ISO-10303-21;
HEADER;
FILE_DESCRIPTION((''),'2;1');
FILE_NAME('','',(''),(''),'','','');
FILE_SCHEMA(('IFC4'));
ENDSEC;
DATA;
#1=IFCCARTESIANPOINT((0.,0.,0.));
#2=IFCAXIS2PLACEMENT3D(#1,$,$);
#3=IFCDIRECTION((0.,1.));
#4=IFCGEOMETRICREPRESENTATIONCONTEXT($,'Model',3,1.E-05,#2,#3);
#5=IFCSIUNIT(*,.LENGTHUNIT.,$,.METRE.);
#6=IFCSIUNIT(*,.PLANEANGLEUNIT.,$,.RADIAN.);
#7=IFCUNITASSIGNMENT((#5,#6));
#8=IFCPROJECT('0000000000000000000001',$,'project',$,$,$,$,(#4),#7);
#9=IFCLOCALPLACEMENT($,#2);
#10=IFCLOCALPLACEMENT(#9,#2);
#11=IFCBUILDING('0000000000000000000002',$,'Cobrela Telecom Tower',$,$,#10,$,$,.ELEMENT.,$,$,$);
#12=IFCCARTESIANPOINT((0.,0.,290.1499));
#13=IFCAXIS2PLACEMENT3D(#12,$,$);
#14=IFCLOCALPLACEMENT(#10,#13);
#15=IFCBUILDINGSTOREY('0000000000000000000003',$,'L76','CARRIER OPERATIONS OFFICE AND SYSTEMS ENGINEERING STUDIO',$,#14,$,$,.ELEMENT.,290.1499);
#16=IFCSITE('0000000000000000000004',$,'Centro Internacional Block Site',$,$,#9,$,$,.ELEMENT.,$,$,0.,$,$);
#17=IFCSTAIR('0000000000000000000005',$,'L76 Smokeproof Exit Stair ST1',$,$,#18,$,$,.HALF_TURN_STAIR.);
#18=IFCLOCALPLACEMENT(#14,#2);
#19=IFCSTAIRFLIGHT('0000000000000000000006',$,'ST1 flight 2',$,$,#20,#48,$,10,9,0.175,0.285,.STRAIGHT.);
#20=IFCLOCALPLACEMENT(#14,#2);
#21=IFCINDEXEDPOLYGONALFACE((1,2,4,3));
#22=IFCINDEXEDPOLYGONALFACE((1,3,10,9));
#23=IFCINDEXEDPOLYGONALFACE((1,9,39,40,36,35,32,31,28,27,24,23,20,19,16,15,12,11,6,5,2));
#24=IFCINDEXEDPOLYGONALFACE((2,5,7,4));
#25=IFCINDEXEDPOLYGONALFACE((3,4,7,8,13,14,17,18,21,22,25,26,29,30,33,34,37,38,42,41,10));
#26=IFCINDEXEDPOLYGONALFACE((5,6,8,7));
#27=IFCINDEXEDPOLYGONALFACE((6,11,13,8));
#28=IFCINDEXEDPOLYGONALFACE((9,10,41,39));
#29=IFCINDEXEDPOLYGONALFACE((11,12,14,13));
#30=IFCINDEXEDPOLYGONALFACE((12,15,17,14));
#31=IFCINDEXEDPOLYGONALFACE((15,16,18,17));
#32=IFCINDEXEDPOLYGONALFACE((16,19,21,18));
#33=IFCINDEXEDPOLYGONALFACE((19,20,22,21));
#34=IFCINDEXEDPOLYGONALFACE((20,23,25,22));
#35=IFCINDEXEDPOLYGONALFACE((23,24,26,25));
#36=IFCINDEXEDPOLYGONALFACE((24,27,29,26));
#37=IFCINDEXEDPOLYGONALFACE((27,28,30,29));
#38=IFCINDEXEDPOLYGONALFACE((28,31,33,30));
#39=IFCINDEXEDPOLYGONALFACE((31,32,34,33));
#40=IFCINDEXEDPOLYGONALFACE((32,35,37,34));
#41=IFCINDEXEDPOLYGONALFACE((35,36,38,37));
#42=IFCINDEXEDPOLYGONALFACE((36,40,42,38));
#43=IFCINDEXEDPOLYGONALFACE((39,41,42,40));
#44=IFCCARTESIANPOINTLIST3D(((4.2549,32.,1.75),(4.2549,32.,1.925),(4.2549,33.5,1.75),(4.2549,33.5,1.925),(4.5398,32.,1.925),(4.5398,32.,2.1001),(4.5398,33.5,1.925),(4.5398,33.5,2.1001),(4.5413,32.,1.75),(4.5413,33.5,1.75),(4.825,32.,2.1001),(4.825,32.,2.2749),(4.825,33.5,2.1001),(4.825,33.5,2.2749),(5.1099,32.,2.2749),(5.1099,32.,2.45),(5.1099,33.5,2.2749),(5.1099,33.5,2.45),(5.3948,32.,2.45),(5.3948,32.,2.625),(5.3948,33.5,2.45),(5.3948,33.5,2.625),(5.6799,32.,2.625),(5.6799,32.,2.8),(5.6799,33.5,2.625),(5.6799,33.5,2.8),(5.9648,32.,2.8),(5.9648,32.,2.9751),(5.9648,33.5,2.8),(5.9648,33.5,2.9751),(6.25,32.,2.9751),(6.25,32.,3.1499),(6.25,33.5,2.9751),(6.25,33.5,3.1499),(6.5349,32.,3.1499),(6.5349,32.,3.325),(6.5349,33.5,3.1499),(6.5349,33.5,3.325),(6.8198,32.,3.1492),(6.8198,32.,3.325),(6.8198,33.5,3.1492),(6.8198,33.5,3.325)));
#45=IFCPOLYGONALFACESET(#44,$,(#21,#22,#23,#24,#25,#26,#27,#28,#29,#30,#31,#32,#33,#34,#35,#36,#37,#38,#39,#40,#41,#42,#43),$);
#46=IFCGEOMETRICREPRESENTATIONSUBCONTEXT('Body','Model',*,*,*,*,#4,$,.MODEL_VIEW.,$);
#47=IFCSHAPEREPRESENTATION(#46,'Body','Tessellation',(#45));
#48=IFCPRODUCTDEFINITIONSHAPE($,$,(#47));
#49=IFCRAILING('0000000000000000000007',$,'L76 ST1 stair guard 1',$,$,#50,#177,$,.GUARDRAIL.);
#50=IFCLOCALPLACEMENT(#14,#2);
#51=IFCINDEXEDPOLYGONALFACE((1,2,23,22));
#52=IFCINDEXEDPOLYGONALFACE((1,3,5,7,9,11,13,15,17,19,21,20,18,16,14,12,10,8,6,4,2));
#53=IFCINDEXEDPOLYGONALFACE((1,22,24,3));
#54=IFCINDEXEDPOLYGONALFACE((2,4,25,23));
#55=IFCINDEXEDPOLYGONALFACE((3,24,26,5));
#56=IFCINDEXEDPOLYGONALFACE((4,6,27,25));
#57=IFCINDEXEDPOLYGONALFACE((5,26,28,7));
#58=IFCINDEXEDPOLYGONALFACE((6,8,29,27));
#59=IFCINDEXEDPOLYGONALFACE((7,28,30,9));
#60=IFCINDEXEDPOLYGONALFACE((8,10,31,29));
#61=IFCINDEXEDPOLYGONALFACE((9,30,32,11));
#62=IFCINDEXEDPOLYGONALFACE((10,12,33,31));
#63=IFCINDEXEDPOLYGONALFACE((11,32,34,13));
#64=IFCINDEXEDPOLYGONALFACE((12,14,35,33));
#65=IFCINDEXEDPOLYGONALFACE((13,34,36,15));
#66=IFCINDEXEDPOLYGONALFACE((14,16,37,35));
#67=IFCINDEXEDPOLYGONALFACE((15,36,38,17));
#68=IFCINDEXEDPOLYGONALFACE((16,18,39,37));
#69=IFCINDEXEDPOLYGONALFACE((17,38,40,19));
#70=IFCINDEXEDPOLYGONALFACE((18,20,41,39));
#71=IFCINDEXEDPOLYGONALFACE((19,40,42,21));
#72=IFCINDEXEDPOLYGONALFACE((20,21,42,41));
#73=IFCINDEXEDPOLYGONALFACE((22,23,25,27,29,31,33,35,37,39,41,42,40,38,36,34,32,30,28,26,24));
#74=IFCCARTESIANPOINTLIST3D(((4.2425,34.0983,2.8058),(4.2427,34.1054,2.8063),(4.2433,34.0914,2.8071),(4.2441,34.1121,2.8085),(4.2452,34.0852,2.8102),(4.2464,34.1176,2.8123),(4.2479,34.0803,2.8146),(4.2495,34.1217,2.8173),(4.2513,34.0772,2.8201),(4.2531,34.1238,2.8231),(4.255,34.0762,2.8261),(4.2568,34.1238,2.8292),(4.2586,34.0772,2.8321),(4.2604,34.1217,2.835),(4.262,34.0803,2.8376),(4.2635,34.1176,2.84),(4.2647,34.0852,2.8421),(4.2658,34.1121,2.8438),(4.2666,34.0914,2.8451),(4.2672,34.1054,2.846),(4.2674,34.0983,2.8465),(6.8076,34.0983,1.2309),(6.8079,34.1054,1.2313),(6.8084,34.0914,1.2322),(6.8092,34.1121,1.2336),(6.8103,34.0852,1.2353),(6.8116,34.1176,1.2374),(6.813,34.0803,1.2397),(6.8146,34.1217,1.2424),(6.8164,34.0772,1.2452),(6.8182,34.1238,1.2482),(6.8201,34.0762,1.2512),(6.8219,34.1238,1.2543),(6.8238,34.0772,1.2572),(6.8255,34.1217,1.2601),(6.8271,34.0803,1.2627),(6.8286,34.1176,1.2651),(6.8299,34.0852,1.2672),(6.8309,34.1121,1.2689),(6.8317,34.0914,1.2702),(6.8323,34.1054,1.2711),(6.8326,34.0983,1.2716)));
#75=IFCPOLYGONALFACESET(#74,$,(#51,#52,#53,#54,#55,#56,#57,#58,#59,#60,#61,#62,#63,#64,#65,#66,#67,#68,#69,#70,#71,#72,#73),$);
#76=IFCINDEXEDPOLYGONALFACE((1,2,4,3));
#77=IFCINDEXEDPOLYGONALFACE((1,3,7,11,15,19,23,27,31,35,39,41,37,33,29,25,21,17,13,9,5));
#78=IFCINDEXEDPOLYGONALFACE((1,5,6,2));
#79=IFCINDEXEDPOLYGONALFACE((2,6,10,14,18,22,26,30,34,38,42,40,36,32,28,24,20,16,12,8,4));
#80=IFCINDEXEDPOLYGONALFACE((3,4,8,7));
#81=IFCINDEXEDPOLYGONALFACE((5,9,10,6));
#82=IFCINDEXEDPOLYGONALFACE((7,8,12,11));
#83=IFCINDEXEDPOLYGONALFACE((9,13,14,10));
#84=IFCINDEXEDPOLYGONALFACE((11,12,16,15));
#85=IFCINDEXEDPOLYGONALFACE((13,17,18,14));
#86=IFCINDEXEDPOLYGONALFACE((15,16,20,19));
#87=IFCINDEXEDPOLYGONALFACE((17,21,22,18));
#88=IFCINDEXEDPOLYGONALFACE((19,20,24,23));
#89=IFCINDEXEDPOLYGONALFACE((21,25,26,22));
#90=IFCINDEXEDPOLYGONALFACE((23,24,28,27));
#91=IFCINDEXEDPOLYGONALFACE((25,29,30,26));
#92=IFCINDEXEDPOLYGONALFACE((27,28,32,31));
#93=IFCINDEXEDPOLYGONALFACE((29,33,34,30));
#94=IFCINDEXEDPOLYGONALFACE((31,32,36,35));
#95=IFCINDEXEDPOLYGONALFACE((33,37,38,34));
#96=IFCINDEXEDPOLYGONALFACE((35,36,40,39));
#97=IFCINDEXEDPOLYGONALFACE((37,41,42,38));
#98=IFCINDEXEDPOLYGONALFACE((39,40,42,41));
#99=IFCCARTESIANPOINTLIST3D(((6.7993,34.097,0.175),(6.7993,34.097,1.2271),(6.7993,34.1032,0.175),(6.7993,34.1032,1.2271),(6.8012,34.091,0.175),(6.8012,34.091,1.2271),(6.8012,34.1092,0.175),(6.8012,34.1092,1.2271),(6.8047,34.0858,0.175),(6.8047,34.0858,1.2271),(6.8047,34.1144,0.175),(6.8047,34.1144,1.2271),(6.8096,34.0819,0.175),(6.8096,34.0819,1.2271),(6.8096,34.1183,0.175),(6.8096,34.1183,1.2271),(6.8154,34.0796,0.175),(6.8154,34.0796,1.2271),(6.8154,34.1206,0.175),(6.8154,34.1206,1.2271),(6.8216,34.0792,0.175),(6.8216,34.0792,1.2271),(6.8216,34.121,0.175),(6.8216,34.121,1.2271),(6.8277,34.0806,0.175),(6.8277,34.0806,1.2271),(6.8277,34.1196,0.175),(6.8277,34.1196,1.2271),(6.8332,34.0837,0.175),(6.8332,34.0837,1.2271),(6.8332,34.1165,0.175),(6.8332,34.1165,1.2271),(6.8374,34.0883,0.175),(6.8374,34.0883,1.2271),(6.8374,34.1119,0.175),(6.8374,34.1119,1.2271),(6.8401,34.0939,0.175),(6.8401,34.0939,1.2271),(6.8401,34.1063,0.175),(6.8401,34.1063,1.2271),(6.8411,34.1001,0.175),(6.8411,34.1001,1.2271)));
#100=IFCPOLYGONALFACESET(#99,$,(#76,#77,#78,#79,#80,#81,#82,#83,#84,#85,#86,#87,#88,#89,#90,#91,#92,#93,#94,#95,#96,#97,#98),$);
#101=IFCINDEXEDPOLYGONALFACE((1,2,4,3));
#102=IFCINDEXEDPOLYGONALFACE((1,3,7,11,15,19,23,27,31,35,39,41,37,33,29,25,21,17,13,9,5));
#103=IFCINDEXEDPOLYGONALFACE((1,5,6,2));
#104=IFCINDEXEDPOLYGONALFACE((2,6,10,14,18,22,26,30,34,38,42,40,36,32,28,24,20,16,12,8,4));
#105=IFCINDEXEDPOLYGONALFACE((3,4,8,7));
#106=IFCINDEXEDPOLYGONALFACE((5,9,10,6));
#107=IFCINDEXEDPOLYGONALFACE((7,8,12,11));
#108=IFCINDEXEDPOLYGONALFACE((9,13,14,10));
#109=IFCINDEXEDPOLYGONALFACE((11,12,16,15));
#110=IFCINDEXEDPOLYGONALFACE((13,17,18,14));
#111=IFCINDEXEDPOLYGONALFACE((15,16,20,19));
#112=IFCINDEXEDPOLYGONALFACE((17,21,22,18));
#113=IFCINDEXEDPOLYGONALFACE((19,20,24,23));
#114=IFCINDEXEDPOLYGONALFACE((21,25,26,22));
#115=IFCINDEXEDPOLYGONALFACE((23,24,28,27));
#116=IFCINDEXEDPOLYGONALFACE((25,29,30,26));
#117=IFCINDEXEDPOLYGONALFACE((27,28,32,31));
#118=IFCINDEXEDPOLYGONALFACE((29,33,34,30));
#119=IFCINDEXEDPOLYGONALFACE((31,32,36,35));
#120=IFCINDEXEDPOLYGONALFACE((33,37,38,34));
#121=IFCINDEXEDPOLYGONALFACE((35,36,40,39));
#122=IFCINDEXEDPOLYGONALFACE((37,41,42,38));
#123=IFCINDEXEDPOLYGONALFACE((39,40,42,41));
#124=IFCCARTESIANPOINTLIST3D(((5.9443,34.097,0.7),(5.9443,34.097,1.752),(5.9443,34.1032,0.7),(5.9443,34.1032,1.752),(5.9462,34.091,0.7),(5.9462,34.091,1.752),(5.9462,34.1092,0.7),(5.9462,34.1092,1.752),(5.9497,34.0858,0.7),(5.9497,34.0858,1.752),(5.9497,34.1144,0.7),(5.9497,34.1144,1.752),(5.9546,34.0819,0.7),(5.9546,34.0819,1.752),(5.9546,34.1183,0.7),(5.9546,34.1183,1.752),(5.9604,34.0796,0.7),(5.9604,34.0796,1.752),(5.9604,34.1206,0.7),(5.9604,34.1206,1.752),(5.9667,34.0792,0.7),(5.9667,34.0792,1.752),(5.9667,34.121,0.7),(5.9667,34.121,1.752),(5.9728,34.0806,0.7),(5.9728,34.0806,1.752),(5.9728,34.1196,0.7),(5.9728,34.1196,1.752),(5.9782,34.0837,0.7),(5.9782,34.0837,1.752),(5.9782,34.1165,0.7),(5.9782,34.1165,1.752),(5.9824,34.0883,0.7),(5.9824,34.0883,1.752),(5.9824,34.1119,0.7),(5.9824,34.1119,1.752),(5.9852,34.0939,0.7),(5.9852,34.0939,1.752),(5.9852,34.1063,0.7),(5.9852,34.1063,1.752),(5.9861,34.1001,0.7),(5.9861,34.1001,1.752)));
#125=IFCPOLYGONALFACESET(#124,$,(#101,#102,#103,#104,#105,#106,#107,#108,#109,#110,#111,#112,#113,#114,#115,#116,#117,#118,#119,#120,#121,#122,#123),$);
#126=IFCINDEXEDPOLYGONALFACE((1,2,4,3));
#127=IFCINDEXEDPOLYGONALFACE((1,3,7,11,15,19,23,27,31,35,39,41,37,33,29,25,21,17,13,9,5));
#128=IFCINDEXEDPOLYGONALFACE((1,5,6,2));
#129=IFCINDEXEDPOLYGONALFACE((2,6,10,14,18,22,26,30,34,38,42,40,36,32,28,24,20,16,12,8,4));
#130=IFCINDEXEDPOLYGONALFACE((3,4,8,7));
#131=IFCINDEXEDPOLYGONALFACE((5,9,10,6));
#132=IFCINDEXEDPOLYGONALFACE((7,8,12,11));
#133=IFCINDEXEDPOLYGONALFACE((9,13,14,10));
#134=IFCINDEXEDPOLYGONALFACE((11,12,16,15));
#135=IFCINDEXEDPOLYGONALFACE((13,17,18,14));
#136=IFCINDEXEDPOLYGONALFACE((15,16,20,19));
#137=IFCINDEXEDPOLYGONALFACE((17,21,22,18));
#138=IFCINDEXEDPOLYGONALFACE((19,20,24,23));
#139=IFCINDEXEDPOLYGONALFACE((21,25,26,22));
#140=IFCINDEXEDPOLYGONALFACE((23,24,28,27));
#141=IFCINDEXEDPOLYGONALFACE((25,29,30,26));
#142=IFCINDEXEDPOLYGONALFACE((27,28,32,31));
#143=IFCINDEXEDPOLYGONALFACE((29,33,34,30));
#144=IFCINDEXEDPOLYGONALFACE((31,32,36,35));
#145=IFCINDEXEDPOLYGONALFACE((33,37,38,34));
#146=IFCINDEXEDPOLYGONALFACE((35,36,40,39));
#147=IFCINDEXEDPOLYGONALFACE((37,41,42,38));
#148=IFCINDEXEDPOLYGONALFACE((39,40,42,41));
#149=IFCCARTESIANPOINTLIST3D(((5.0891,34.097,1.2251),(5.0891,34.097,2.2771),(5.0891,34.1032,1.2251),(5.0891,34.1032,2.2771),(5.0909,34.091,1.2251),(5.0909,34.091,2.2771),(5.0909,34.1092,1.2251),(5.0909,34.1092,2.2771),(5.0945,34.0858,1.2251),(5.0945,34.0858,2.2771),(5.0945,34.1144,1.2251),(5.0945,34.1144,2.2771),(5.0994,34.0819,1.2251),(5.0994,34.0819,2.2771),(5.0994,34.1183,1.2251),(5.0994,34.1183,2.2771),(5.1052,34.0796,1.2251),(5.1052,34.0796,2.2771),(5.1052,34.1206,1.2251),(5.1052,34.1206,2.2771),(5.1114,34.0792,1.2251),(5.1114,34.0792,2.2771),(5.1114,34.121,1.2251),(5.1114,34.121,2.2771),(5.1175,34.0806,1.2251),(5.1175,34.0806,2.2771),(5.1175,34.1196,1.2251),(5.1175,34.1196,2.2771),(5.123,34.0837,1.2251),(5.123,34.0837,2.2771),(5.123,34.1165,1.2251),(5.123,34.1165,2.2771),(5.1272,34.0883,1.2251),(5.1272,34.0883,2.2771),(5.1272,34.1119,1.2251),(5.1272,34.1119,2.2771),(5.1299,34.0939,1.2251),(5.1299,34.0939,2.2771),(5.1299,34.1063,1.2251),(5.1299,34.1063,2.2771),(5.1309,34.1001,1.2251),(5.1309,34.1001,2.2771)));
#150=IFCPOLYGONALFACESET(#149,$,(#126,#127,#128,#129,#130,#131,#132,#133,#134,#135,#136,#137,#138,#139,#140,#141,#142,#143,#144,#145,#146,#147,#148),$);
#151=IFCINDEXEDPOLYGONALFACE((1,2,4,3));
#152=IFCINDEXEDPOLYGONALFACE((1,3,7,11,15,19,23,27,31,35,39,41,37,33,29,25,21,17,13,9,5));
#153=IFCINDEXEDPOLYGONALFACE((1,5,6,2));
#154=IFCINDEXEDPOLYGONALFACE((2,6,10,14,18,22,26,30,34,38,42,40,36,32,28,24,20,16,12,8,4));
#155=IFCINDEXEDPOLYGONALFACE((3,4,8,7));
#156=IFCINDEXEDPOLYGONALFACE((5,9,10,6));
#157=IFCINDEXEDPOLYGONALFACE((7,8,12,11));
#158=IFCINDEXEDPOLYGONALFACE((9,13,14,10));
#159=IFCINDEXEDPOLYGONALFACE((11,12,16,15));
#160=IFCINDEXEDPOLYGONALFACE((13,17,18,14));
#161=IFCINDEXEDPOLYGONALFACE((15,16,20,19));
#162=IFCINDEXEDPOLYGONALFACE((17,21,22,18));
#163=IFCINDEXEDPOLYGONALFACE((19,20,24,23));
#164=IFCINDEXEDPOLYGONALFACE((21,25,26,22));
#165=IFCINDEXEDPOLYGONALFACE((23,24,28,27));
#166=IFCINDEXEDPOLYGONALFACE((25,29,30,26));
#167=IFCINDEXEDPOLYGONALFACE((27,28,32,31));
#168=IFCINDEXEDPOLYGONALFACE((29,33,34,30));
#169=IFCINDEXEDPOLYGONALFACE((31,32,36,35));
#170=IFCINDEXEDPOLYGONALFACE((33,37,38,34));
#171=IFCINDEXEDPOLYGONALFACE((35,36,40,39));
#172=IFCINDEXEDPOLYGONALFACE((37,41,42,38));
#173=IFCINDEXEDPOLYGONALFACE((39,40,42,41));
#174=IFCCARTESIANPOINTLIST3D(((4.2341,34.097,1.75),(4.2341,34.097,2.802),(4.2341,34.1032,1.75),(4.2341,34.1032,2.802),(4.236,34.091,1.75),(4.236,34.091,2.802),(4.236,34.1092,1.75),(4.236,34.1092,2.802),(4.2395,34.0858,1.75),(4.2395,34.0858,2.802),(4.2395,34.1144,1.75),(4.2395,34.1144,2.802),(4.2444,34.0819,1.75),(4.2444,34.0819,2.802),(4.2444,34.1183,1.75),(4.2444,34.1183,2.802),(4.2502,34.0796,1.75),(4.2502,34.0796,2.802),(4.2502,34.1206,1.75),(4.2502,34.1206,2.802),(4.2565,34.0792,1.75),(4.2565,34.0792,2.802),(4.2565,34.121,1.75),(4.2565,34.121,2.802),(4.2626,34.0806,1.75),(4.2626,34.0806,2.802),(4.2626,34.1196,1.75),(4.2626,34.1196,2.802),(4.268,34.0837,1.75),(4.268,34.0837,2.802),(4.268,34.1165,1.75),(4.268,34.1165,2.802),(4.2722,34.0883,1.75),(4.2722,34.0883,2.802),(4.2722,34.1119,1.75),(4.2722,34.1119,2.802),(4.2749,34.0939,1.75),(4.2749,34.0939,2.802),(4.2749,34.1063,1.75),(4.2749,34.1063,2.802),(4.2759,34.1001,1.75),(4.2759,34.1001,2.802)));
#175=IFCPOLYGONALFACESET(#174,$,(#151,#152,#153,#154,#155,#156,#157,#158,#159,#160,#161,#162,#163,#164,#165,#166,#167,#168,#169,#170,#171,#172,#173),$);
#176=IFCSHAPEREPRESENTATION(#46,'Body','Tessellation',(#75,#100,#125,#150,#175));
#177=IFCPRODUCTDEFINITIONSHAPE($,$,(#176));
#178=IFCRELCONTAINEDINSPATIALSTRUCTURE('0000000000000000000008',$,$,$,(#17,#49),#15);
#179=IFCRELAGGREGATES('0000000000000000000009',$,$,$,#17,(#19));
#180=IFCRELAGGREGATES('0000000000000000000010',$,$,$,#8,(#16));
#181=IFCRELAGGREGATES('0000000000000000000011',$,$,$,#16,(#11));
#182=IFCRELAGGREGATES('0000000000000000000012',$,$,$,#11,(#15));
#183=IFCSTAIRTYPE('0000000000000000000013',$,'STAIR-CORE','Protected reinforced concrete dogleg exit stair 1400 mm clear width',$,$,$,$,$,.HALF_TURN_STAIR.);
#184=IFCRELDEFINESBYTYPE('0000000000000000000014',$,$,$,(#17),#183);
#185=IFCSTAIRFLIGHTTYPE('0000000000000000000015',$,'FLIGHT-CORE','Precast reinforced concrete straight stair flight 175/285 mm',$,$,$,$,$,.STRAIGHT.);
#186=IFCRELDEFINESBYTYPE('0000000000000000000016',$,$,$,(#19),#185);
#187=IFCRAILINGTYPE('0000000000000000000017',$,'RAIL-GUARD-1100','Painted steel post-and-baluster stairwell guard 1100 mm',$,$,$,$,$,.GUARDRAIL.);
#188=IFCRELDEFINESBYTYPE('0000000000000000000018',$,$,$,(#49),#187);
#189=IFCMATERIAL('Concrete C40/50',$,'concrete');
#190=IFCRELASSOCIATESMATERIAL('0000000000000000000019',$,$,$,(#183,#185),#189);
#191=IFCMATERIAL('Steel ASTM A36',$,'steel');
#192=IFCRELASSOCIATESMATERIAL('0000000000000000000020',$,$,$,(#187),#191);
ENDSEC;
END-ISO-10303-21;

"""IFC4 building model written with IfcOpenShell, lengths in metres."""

from ifc_helpers import new_model, si_unit, direction, frame, origin, origin_2d, place, context, subcontext, project, spatial, polyline, circle, outline, extrude, material, type_object, element, aggregate, save


model = new_model("IFC4")

# Units and contexts
model_context = context("Model", 3, precision=1e-05, world=origin(), true_north=direction((0.0, 1.0)))
body_context = subcontext(model_context, "Body", "Model", "MODEL_VIEW")
ifc_project = project(units=[si_unit("LENGTHUNIT", "METRE"), si_unit("PLANEANGLEUNIT", "RADIAN")], contexts=[model_context])

# Site, building, storey
site_placement = place(None, origin())
site = spatial("IfcSite", under=ifc_project, at=site_placement, Name="Centro Internacional Block Site", CompositionType="ELEMENT", RefElevation=0.0)
building_placement = place(site_placement, origin())
building = spatial("IfcBuilding", under=site, at=building_placement, Name="Cobrela Telecom Tower", CompositionType="ELEMENT")
storey_placement = place(building_placement, frame((0.0, 0.0, 290.1499)))
storey = spatial("IfcBuildingStorey", under=building, at=storey_placement, Name="L76", Description="CARRIER OPERATIONS OFFICE AND SYSTEMS ENGINEERING STUDIO", CompositionType="ELEMENT", Elevation=290.1499)

# Shared definitions
ifc_material_1 = material(Name="Concrete C40/50", Category="concrete")

# Shared definitions
ifc_material_2 = material(Name="Steel ASTM A36", Category="steel")

# Stair, stair flight
stair_type = type_object("IfcStairType", Name="STAIR-CORE", Description="Protected reinforced concrete dogleg exit stair 1400 mm clear width", PredefinedType="HALF_TURN_STAIR", material=ifc_material_1)
stair_placement = place(storey_placement, origin())
stair = element("IfcStair", 1, at=stair_placement, inside=storey, type_object=stair_type, Name="L76 Smokeproof Exit Stair ST1", PredefinedType="HALF_TURN_STAIR")
stair_flight_type = type_object("IfcStairFlightType", Name="FLIGHT-CORE", Description="Precast reinforced concrete straight stair flight 175/285 mm", PredefinedType="STRAIGHT", material=ifc_material_1)
stair_flight_1_placement = place(storey_placement, frame((4.2549, 32.75, 1.75), z_axis=(0.0, 0.0, 1.0), x_axis=(1.0, 0.0, 0.0)))
stair_flight_1 = element("IfcStairFlight", 2, at=stair_flight_1_placement, type_object=stair_flight_type, Name="ST1 flight 2", NumberOfRisers=10, NumberOfTreads=9, PredefinedType="STRAIGHT", RiserHeight=0.175, TreadLength=0.285, context=body_context, shape_type="SweptSolid", body=[
    extrude(outline(polyline([(0.0, 0.0), (0.0, 0.175), (0.2849, 0.175), (0.2849, 0.3501), (0.5701, 0.3501), (0.5701, 0.5249), (0.855, 0.5249), (0.855, 0.7), (1.1399, 0.7), (1.1399, 0.875), (1.425, 0.875), (1.425, 1.05), (1.71, 1.05), (1.71, 1.2251), (1.9951, 1.2251), (1.9951, 1.3999), (2.28, 1.3999), (2.28, 1.575), (2.5649, 1.575), (2.5649, 1.75), (2.5649, 1.3992), (0.2864, 0.0), (0.0, 0.0)])), frame((0.0, 0.75, 0.0), z_axis=(0.0, -1.0, 0.0), x_axis=(1.0, 0.0, 0.0)), (0.0, 0.0, 1.0), 1.5),
])
aggregate(stair, [stair_flight_1])

# Railing
railing_type_1 = type_object("IfcRailingType", Name="RAIL-GUARD-1100", Description="Painted steel post-and-baluster stairwell guard 1100 mm", PredefinedType="GUARDRAIL", material=ifc_material_2)
railing_1_placement = place(storey_placement, frame((6.8201, 34.1001, 0.175)))
element("IfcRailing", 3, at=railing_1_placement, inside=storey, type_object=railing_type_1, Name="L76 ST1 stair guard 1", PredefinedType="GUARDRAIL", context=body_context, shape_type="SweptSolid", body=[
    extrude(circle(Radius=0.0239, at=origin_2d()), frame((0.0, 0.0, 1.0762), z_axis=(-0.852195, 0.0, 0.523224), x_axis=(0.0, -1.0, 0.0)), (0.0, 0.0, 1.0), 3.01),
    extrude(circle(Radius=0.021, at=origin_2d()), origin(), (0.0, 0.0, 1.0), 1.052),
    extrude(circle(Radius=0.021, at=origin_2d()), frame((-0.855, 0.0, 0.5249)), (0.0, 0.0, 1.0), 1.052),
    extrude(circle(Radius=0.021, at=origin_2d()), frame((-1.7102, 0.0, 1.05)), (0.0, 0.0, 1.0), 1.052),
    extrude(circle(Radius=0.021, at=origin_2d()), frame((-2.5652, 0.0, 1.575)), (0.0, 0.0, 1.0), 1.052),
])

save(model, "model.ifc")
